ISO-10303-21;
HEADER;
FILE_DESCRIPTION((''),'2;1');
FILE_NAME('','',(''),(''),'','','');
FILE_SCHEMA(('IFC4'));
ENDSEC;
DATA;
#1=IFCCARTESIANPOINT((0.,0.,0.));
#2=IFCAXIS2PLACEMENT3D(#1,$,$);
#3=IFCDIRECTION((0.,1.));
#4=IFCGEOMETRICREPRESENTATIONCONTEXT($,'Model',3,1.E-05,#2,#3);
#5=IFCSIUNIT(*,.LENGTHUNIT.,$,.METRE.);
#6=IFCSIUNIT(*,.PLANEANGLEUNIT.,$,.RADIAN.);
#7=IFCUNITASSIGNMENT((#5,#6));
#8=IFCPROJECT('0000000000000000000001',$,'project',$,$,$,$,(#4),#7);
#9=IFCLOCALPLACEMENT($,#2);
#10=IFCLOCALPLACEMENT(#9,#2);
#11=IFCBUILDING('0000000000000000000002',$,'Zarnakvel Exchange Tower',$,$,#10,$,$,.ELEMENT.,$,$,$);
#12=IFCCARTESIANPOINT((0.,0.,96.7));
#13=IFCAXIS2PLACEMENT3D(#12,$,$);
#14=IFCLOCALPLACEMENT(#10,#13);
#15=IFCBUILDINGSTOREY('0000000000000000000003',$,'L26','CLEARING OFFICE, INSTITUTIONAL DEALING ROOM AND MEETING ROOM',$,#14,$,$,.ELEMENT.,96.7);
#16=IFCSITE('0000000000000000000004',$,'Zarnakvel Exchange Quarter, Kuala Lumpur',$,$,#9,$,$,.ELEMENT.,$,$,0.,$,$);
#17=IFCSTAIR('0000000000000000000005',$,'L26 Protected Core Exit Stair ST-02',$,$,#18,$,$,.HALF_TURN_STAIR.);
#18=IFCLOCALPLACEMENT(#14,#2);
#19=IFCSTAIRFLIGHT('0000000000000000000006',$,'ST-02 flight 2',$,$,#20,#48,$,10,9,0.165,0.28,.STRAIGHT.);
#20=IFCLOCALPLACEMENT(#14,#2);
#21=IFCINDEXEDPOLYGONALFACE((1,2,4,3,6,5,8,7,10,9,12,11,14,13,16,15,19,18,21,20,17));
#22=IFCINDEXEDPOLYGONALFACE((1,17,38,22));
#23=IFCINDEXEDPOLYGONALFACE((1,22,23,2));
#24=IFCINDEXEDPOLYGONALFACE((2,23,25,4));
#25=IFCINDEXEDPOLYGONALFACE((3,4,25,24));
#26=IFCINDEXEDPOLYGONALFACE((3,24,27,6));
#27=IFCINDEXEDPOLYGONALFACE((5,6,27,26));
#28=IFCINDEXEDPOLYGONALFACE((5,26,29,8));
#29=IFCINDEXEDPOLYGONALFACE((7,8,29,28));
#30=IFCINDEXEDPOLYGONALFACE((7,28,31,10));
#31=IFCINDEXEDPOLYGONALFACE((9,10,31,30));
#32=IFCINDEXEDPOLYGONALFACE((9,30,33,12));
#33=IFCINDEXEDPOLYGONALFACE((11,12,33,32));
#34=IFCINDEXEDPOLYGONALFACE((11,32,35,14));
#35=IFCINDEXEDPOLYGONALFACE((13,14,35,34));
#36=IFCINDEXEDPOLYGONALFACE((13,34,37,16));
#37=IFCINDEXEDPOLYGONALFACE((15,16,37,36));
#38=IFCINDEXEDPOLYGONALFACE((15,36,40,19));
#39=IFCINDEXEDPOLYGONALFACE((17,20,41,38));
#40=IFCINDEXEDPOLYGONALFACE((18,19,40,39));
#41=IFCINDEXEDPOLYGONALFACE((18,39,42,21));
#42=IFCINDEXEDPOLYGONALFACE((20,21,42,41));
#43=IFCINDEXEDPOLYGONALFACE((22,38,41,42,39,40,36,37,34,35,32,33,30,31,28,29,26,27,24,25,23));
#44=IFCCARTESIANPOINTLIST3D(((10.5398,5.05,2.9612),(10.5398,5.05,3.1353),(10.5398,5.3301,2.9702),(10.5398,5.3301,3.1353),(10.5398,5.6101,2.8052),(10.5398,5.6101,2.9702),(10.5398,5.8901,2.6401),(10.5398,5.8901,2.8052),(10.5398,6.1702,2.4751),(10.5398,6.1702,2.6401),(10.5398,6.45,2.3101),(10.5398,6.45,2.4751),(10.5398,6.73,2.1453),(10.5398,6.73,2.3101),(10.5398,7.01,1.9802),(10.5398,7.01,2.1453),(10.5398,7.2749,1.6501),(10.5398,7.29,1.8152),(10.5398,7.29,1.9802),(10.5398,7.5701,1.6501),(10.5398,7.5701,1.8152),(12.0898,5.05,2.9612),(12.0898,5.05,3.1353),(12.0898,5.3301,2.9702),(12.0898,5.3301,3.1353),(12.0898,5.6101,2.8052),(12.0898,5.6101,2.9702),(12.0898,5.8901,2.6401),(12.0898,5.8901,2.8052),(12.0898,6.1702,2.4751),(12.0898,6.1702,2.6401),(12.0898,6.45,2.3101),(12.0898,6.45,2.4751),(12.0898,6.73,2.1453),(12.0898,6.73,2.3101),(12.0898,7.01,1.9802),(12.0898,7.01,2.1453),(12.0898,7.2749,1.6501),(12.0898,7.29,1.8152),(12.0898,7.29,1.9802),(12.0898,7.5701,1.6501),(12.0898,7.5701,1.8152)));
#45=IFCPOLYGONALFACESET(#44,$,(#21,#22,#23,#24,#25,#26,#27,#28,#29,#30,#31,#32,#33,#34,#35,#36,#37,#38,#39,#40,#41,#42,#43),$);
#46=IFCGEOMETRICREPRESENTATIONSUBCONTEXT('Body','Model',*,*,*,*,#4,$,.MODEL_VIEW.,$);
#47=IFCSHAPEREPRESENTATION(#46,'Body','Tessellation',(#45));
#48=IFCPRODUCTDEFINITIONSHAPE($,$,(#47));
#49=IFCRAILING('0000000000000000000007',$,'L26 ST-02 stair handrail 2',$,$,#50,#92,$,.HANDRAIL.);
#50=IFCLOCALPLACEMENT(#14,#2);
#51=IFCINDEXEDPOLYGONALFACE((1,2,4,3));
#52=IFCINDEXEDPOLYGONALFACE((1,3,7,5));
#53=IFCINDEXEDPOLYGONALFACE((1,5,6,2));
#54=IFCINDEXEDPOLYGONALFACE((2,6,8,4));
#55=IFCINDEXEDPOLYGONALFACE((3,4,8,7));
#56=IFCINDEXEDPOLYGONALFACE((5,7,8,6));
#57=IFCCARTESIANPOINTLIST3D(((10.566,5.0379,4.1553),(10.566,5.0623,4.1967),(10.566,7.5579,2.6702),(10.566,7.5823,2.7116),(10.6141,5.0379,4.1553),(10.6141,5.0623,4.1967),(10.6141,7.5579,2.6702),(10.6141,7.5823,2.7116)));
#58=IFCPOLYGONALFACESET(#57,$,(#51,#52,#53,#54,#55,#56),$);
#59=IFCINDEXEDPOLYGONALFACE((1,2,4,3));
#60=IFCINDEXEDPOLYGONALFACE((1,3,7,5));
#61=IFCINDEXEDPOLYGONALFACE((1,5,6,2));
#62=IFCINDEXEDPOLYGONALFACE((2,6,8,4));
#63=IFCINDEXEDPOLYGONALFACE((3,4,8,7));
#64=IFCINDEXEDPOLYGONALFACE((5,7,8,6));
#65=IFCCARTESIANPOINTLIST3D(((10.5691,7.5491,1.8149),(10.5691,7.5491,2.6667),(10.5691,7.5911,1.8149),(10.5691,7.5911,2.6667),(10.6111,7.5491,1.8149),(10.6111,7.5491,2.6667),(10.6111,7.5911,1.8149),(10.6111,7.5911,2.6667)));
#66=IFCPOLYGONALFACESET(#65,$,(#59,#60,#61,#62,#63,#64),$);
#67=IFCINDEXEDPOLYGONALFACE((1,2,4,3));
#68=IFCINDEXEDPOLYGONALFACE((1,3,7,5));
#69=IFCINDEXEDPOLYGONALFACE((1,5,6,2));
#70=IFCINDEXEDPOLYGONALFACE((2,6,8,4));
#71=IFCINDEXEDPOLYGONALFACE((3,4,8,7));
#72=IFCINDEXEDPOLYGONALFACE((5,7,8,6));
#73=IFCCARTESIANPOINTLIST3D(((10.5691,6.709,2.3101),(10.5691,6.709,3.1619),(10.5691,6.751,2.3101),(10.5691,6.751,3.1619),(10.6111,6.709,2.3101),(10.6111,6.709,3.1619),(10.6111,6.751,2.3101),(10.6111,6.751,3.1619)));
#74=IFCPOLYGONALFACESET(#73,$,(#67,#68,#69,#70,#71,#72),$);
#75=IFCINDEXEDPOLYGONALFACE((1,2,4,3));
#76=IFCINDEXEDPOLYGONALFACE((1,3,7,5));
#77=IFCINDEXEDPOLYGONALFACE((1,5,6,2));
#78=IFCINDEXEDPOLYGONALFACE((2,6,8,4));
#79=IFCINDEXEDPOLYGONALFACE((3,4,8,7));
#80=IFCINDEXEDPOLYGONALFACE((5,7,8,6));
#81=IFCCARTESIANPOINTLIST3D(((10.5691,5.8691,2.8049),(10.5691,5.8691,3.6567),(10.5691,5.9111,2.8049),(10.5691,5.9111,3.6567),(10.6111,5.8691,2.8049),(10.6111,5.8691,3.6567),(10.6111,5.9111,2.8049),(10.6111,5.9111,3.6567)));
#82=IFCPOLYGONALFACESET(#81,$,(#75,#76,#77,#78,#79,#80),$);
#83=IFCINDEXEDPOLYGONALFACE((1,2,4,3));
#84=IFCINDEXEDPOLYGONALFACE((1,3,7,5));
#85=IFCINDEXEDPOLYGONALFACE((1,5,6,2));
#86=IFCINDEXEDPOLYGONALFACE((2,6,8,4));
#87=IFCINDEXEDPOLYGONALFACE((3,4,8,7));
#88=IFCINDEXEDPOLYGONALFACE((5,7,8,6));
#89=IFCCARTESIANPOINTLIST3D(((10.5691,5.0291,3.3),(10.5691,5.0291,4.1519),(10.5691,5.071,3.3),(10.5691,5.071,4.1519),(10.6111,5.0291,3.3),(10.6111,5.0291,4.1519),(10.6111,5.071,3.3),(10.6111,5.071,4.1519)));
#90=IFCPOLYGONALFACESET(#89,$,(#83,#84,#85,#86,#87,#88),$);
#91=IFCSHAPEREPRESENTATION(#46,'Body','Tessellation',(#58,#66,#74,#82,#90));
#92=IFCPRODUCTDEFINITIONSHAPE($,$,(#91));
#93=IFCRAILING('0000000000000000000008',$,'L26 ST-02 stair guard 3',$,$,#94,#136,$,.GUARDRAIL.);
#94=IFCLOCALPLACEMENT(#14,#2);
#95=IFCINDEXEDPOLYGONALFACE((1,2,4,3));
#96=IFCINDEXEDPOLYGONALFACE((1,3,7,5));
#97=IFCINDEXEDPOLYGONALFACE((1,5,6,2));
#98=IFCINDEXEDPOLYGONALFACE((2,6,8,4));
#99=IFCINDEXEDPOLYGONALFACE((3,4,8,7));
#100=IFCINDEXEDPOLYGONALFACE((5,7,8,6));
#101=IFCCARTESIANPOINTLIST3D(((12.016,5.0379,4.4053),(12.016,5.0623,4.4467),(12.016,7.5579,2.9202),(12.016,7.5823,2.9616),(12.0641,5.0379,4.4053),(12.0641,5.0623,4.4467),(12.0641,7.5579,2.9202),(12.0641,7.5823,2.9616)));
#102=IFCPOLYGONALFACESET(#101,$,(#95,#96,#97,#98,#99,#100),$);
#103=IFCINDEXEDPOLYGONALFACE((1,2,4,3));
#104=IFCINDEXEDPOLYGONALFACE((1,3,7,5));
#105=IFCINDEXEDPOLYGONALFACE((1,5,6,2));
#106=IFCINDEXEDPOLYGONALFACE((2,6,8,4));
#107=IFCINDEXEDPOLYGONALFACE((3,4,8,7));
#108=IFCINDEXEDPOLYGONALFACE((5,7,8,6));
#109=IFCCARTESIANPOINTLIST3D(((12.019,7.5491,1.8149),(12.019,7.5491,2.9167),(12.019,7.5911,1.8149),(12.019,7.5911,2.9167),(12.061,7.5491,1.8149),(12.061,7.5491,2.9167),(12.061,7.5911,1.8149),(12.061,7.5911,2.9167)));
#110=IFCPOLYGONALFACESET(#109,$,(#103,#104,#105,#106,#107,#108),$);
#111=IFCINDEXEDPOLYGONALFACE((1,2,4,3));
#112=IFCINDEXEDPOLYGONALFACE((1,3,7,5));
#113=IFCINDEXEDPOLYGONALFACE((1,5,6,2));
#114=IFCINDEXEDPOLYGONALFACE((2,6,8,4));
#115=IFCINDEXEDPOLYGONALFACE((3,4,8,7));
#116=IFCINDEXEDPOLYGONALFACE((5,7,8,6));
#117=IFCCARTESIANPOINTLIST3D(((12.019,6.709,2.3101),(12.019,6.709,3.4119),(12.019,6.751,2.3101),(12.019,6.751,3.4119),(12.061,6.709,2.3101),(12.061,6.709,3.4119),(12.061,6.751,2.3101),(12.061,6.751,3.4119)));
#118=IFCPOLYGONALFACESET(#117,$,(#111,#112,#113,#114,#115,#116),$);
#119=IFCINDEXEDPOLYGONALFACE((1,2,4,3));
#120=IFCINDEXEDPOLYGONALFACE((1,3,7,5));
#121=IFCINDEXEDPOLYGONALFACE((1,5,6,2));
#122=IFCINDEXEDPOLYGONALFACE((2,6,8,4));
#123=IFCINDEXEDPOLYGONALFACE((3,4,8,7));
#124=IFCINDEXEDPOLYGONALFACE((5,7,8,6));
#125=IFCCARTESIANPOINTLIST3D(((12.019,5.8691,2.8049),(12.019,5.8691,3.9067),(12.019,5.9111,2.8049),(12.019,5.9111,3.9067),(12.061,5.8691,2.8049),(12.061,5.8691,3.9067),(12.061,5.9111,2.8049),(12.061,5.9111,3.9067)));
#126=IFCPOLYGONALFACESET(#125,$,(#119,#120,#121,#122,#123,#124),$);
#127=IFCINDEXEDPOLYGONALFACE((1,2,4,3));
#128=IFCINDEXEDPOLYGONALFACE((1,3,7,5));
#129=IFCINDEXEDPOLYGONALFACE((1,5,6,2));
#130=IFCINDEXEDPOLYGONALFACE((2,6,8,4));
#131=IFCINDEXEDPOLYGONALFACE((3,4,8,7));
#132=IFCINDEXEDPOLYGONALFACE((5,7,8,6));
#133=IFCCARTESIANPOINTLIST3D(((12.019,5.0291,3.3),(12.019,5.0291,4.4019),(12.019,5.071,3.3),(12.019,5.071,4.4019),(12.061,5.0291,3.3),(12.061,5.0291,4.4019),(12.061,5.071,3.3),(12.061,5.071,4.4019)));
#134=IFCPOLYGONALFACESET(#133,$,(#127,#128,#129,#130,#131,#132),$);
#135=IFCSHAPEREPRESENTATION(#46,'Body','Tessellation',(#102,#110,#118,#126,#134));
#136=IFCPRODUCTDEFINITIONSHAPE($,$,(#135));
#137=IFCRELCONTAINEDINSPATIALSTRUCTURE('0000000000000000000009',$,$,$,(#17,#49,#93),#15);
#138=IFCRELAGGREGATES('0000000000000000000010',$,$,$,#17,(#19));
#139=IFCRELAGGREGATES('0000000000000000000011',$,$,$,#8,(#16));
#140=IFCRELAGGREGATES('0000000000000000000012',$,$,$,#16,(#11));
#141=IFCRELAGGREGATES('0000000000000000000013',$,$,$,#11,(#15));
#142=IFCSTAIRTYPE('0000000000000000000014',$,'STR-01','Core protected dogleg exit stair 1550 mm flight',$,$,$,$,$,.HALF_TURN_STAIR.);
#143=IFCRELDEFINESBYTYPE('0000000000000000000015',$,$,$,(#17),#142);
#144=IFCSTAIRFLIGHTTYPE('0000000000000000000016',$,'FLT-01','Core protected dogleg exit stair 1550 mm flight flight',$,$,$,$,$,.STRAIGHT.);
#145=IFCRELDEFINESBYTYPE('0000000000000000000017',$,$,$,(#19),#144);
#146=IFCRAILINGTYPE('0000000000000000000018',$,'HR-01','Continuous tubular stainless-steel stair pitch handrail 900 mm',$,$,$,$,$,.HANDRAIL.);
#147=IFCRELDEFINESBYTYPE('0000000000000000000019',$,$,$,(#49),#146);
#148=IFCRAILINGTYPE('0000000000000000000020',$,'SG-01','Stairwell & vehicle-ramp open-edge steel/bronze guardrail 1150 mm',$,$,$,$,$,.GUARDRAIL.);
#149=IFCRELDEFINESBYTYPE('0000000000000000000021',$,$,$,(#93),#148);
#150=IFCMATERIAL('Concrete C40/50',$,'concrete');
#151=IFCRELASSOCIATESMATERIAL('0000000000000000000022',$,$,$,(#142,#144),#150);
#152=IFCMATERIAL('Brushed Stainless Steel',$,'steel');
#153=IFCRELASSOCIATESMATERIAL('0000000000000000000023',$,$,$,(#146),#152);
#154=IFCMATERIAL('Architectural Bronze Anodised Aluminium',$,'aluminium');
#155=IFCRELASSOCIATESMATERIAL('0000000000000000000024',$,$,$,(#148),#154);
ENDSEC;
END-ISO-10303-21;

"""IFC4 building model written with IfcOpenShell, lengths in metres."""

from ifc_helpers import new_model, si_unit, direction, frame, origin, origin_2d, place, context, subcontext, project, spatial, polyline, rectangle, outline, extrude, material, type_object, element, aggregate, save


model = new_model("IFC4")

# Units and contexts
model_context = context("Model", 3, precision=1e-05, world=origin(), true_north=direction((0.0, 1.0)))
body_context = subcontext(model_context, "Body", "Model", "MODEL_VIEW")
ifc_project = project(units=[si_unit("LENGTHUNIT", "METRE"), si_unit("PLANEANGLEUNIT", "RADIAN")], contexts=[model_context])

# Site, building, storey
site_placement = place(None, origin())
site = spatial("IfcSite", under=ifc_project, at=site_placement, Name="Zarnakvel Exchange Quarter, Kuala Lumpur", CompositionType="ELEMENT", RefElevation=0.0)
building_placement = place(site_placement, origin())
building = spatial("IfcBuilding", under=site, at=building_placement, Name="Zarnakvel Exchange Tower", CompositionType="ELEMENT")
storey_placement = place(building_placement, frame((0.0, 0.0, 96.7)))
storey = spatial("IfcBuildingStorey", under=building, at=storey_placement, Name="L26", Description="CLEARING OFFICE, INSTITUTIONAL DEALING ROOM AND MEETING ROOM", CompositionType="ELEMENT", Elevation=96.7)

# Shared definitions
ifc_material_1 = material(Name="Concrete C40/50", Category="concrete")
ifc_material_2 = material(Name="Brushed Stainless Steel", Category="steel")

# Shared definitions
ifc_material_3 = material(Name="Architectural Bronze Anodised Aluminium", Category="aluminium")

# Stair, stair flight
stair_type = type_object("IfcStairType", Name="STR-01", Description="Core protected dogleg exit stair 1550 mm flight", PredefinedType="HALF_TURN_STAIR", material=ifc_material_1)
stair_placement = place(storey_placement, origin())
stair = element("IfcStair", 1, at=stair_placement, inside=storey, type_object=stair_type, Name="L26 Protected Core Exit Stair ST-02", PredefinedType="HALF_TURN_STAIR")
stair_flight_type = type_object("IfcStairFlightType", Name="FLT-01", Description="Core protected dogleg exit stair 1550 mm flight flight", PredefinedType="STRAIGHT", material=ifc_material_1)
stair_flight_placement = place(storey_placement, frame((11.3149, 7.5701, 1.6501), z_axis=(0.0, 0.0, 1.0), x_axis=(0.0, -1.0, 0.0)))
stair_flight = element("IfcStairFlight", 2, at=stair_flight_placement, type_object=stair_flight_type, Name="ST-02 flight 2", NumberOfRisers=10, NumberOfTreads=9, PredefinedType="STRAIGHT", RiserHeight=0.165, TreadLength=0.28, context=body_context, shape_type="SweptSolid", body=[
    extrude(outline(polyline([(0.0, 0.0), (0.0, 0.165), (0.28, 0.165), (0.28, 0.3301), (0.5601, 0.3301), (0.5601, 0.4951), (0.8401, 0.4951), (0.8401, 0.6599), (1.1201, 0.6599), (1.1201, 0.825), (1.3999, 0.825), (1.3999, 0.99), (1.6799, 0.99), (1.6799, 1.155), (1.96, 1.155), (1.96, 1.3201), (2.24, 1.3201), (2.24, 1.4851), (2.52, 1.4851), (2.52, 1.6499), (2.52, 1.311), (0.2952, 0.0), (0.0, 0.0)])), frame((0.0, 0.7749, 0.0), z_axis=(0.0, -1.0, 0.0), x_axis=(1.0, 0.0, 0.0)), (0.0, 0.0, 1.0), 1.55),
])
aggregate(stair, [stair_flight])

# Railings
railing_type_1 = type_object("IfcRailingType", Name="HR-01", Description="Continuous tubular stainless-steel stair pitch handrail 900 mm", PredefinedType="HANDRAIL", material=ifc_material_2)
railing_1_placement = place(storey_placement, frame((10.5901, 7.5701, 1.8149)))
element("IfcRailing", 3, at=railing_1_placement, inside=storey, type_object=railing_type_1, Name="L26 ST-02 stair handrail 2", PredefinedType="HANDRAIL", context=body_context, shape_type="SweptSolid", body=[
    extrude(rectangle(XDim=0.0481, YDim=0.0481, at=origin_2d()), frame((0.0, 0.0, 0.876), z_axis=(0.0, -0.861524, 0.507717), x_axis=(1.0, 0.0, 0.0)), (0.0, 0.0, 1.0), 2.925),
    extrude(rectangle(XDim=0.042, YDim=0.042, at=origin_2d()), origin(), (0.0, 0.0, 1.0), 0.8518),
    extrude(rectangle(XDim=0.042, YDim=0.042, at=origin_2d()), frame((0.0, -0.8401, 0.4951)), (0.0, 0.0, 1.0), 0.8518),
    extrude(rectangle(XDim=0.042, YDim=0.042, at=origin_2d()), frame((0.0, -1.6799, 0.99)), (0.0, 0.0, 1.0), 0.8518),
    extrude(rectangle(XDim=0.042, YDim=0.042, at=origin_2d()), frame((0.0, -2.52, 1.4851)), (0.0, 0.0, 1.0), 0.8518),
])
railing_type_2 = type_object("IfcRailingType", Name="SG-01", Description="Stairwell & vehicle-ramp open-edge steel/bronze guardrail 1150 mm", PredefinedType="GUARDRAIL", material=ifc_material_3)
railing_2_placement = place(storey_placement, frame((12.04, 7.5701, 1.8149)))
element("IfcRailing", 4, at=railing_2_placement, inside=storey, type_object=railing_type_2, Name="L26 ST-02 stair guard 3", PredefinedType="GUARDRAIL", context=body_context, shape_type="SweptSolid", body=[
    extrude(rectangle(XDim=0.0481, YDim=0.0481, at=origin_2d()), frame((0.0, 0.0, 1.126), z_axis=(0.0, -0.861524, 0.507717), x_axis=(1.0, 0.0, 0.0)), (0.0, 0.0, 1.0), 2.925),
    extrude(rectangle(XDim=0.042, YDim=0.042, at=origin_2d()), origin(), (0.0, 0.0, 1.0), 1.1018),
    extrude(rectangle(XDim=0.042, YDim=0.042, at=origin_2d()), frame((0.0, -0.8401, 0.4951)), (0.0, 0.0, 1.0), 1.1018),
    extrude(rectangle(XDim=0.042, YDim=0.042, at=origin_2d()), frame((0.0, -1.6799, 0.99)), (0.0, 0.0, 1.0), 1.1018),
    extrude(rectangle(XDim=0.042, YDim=0.042, at=origin_2d()), frame((0.0, -2.52, 1.4851)), (0.0, 0.0, 1.0), 1.1018),
])

save(model, "model.ifc")
